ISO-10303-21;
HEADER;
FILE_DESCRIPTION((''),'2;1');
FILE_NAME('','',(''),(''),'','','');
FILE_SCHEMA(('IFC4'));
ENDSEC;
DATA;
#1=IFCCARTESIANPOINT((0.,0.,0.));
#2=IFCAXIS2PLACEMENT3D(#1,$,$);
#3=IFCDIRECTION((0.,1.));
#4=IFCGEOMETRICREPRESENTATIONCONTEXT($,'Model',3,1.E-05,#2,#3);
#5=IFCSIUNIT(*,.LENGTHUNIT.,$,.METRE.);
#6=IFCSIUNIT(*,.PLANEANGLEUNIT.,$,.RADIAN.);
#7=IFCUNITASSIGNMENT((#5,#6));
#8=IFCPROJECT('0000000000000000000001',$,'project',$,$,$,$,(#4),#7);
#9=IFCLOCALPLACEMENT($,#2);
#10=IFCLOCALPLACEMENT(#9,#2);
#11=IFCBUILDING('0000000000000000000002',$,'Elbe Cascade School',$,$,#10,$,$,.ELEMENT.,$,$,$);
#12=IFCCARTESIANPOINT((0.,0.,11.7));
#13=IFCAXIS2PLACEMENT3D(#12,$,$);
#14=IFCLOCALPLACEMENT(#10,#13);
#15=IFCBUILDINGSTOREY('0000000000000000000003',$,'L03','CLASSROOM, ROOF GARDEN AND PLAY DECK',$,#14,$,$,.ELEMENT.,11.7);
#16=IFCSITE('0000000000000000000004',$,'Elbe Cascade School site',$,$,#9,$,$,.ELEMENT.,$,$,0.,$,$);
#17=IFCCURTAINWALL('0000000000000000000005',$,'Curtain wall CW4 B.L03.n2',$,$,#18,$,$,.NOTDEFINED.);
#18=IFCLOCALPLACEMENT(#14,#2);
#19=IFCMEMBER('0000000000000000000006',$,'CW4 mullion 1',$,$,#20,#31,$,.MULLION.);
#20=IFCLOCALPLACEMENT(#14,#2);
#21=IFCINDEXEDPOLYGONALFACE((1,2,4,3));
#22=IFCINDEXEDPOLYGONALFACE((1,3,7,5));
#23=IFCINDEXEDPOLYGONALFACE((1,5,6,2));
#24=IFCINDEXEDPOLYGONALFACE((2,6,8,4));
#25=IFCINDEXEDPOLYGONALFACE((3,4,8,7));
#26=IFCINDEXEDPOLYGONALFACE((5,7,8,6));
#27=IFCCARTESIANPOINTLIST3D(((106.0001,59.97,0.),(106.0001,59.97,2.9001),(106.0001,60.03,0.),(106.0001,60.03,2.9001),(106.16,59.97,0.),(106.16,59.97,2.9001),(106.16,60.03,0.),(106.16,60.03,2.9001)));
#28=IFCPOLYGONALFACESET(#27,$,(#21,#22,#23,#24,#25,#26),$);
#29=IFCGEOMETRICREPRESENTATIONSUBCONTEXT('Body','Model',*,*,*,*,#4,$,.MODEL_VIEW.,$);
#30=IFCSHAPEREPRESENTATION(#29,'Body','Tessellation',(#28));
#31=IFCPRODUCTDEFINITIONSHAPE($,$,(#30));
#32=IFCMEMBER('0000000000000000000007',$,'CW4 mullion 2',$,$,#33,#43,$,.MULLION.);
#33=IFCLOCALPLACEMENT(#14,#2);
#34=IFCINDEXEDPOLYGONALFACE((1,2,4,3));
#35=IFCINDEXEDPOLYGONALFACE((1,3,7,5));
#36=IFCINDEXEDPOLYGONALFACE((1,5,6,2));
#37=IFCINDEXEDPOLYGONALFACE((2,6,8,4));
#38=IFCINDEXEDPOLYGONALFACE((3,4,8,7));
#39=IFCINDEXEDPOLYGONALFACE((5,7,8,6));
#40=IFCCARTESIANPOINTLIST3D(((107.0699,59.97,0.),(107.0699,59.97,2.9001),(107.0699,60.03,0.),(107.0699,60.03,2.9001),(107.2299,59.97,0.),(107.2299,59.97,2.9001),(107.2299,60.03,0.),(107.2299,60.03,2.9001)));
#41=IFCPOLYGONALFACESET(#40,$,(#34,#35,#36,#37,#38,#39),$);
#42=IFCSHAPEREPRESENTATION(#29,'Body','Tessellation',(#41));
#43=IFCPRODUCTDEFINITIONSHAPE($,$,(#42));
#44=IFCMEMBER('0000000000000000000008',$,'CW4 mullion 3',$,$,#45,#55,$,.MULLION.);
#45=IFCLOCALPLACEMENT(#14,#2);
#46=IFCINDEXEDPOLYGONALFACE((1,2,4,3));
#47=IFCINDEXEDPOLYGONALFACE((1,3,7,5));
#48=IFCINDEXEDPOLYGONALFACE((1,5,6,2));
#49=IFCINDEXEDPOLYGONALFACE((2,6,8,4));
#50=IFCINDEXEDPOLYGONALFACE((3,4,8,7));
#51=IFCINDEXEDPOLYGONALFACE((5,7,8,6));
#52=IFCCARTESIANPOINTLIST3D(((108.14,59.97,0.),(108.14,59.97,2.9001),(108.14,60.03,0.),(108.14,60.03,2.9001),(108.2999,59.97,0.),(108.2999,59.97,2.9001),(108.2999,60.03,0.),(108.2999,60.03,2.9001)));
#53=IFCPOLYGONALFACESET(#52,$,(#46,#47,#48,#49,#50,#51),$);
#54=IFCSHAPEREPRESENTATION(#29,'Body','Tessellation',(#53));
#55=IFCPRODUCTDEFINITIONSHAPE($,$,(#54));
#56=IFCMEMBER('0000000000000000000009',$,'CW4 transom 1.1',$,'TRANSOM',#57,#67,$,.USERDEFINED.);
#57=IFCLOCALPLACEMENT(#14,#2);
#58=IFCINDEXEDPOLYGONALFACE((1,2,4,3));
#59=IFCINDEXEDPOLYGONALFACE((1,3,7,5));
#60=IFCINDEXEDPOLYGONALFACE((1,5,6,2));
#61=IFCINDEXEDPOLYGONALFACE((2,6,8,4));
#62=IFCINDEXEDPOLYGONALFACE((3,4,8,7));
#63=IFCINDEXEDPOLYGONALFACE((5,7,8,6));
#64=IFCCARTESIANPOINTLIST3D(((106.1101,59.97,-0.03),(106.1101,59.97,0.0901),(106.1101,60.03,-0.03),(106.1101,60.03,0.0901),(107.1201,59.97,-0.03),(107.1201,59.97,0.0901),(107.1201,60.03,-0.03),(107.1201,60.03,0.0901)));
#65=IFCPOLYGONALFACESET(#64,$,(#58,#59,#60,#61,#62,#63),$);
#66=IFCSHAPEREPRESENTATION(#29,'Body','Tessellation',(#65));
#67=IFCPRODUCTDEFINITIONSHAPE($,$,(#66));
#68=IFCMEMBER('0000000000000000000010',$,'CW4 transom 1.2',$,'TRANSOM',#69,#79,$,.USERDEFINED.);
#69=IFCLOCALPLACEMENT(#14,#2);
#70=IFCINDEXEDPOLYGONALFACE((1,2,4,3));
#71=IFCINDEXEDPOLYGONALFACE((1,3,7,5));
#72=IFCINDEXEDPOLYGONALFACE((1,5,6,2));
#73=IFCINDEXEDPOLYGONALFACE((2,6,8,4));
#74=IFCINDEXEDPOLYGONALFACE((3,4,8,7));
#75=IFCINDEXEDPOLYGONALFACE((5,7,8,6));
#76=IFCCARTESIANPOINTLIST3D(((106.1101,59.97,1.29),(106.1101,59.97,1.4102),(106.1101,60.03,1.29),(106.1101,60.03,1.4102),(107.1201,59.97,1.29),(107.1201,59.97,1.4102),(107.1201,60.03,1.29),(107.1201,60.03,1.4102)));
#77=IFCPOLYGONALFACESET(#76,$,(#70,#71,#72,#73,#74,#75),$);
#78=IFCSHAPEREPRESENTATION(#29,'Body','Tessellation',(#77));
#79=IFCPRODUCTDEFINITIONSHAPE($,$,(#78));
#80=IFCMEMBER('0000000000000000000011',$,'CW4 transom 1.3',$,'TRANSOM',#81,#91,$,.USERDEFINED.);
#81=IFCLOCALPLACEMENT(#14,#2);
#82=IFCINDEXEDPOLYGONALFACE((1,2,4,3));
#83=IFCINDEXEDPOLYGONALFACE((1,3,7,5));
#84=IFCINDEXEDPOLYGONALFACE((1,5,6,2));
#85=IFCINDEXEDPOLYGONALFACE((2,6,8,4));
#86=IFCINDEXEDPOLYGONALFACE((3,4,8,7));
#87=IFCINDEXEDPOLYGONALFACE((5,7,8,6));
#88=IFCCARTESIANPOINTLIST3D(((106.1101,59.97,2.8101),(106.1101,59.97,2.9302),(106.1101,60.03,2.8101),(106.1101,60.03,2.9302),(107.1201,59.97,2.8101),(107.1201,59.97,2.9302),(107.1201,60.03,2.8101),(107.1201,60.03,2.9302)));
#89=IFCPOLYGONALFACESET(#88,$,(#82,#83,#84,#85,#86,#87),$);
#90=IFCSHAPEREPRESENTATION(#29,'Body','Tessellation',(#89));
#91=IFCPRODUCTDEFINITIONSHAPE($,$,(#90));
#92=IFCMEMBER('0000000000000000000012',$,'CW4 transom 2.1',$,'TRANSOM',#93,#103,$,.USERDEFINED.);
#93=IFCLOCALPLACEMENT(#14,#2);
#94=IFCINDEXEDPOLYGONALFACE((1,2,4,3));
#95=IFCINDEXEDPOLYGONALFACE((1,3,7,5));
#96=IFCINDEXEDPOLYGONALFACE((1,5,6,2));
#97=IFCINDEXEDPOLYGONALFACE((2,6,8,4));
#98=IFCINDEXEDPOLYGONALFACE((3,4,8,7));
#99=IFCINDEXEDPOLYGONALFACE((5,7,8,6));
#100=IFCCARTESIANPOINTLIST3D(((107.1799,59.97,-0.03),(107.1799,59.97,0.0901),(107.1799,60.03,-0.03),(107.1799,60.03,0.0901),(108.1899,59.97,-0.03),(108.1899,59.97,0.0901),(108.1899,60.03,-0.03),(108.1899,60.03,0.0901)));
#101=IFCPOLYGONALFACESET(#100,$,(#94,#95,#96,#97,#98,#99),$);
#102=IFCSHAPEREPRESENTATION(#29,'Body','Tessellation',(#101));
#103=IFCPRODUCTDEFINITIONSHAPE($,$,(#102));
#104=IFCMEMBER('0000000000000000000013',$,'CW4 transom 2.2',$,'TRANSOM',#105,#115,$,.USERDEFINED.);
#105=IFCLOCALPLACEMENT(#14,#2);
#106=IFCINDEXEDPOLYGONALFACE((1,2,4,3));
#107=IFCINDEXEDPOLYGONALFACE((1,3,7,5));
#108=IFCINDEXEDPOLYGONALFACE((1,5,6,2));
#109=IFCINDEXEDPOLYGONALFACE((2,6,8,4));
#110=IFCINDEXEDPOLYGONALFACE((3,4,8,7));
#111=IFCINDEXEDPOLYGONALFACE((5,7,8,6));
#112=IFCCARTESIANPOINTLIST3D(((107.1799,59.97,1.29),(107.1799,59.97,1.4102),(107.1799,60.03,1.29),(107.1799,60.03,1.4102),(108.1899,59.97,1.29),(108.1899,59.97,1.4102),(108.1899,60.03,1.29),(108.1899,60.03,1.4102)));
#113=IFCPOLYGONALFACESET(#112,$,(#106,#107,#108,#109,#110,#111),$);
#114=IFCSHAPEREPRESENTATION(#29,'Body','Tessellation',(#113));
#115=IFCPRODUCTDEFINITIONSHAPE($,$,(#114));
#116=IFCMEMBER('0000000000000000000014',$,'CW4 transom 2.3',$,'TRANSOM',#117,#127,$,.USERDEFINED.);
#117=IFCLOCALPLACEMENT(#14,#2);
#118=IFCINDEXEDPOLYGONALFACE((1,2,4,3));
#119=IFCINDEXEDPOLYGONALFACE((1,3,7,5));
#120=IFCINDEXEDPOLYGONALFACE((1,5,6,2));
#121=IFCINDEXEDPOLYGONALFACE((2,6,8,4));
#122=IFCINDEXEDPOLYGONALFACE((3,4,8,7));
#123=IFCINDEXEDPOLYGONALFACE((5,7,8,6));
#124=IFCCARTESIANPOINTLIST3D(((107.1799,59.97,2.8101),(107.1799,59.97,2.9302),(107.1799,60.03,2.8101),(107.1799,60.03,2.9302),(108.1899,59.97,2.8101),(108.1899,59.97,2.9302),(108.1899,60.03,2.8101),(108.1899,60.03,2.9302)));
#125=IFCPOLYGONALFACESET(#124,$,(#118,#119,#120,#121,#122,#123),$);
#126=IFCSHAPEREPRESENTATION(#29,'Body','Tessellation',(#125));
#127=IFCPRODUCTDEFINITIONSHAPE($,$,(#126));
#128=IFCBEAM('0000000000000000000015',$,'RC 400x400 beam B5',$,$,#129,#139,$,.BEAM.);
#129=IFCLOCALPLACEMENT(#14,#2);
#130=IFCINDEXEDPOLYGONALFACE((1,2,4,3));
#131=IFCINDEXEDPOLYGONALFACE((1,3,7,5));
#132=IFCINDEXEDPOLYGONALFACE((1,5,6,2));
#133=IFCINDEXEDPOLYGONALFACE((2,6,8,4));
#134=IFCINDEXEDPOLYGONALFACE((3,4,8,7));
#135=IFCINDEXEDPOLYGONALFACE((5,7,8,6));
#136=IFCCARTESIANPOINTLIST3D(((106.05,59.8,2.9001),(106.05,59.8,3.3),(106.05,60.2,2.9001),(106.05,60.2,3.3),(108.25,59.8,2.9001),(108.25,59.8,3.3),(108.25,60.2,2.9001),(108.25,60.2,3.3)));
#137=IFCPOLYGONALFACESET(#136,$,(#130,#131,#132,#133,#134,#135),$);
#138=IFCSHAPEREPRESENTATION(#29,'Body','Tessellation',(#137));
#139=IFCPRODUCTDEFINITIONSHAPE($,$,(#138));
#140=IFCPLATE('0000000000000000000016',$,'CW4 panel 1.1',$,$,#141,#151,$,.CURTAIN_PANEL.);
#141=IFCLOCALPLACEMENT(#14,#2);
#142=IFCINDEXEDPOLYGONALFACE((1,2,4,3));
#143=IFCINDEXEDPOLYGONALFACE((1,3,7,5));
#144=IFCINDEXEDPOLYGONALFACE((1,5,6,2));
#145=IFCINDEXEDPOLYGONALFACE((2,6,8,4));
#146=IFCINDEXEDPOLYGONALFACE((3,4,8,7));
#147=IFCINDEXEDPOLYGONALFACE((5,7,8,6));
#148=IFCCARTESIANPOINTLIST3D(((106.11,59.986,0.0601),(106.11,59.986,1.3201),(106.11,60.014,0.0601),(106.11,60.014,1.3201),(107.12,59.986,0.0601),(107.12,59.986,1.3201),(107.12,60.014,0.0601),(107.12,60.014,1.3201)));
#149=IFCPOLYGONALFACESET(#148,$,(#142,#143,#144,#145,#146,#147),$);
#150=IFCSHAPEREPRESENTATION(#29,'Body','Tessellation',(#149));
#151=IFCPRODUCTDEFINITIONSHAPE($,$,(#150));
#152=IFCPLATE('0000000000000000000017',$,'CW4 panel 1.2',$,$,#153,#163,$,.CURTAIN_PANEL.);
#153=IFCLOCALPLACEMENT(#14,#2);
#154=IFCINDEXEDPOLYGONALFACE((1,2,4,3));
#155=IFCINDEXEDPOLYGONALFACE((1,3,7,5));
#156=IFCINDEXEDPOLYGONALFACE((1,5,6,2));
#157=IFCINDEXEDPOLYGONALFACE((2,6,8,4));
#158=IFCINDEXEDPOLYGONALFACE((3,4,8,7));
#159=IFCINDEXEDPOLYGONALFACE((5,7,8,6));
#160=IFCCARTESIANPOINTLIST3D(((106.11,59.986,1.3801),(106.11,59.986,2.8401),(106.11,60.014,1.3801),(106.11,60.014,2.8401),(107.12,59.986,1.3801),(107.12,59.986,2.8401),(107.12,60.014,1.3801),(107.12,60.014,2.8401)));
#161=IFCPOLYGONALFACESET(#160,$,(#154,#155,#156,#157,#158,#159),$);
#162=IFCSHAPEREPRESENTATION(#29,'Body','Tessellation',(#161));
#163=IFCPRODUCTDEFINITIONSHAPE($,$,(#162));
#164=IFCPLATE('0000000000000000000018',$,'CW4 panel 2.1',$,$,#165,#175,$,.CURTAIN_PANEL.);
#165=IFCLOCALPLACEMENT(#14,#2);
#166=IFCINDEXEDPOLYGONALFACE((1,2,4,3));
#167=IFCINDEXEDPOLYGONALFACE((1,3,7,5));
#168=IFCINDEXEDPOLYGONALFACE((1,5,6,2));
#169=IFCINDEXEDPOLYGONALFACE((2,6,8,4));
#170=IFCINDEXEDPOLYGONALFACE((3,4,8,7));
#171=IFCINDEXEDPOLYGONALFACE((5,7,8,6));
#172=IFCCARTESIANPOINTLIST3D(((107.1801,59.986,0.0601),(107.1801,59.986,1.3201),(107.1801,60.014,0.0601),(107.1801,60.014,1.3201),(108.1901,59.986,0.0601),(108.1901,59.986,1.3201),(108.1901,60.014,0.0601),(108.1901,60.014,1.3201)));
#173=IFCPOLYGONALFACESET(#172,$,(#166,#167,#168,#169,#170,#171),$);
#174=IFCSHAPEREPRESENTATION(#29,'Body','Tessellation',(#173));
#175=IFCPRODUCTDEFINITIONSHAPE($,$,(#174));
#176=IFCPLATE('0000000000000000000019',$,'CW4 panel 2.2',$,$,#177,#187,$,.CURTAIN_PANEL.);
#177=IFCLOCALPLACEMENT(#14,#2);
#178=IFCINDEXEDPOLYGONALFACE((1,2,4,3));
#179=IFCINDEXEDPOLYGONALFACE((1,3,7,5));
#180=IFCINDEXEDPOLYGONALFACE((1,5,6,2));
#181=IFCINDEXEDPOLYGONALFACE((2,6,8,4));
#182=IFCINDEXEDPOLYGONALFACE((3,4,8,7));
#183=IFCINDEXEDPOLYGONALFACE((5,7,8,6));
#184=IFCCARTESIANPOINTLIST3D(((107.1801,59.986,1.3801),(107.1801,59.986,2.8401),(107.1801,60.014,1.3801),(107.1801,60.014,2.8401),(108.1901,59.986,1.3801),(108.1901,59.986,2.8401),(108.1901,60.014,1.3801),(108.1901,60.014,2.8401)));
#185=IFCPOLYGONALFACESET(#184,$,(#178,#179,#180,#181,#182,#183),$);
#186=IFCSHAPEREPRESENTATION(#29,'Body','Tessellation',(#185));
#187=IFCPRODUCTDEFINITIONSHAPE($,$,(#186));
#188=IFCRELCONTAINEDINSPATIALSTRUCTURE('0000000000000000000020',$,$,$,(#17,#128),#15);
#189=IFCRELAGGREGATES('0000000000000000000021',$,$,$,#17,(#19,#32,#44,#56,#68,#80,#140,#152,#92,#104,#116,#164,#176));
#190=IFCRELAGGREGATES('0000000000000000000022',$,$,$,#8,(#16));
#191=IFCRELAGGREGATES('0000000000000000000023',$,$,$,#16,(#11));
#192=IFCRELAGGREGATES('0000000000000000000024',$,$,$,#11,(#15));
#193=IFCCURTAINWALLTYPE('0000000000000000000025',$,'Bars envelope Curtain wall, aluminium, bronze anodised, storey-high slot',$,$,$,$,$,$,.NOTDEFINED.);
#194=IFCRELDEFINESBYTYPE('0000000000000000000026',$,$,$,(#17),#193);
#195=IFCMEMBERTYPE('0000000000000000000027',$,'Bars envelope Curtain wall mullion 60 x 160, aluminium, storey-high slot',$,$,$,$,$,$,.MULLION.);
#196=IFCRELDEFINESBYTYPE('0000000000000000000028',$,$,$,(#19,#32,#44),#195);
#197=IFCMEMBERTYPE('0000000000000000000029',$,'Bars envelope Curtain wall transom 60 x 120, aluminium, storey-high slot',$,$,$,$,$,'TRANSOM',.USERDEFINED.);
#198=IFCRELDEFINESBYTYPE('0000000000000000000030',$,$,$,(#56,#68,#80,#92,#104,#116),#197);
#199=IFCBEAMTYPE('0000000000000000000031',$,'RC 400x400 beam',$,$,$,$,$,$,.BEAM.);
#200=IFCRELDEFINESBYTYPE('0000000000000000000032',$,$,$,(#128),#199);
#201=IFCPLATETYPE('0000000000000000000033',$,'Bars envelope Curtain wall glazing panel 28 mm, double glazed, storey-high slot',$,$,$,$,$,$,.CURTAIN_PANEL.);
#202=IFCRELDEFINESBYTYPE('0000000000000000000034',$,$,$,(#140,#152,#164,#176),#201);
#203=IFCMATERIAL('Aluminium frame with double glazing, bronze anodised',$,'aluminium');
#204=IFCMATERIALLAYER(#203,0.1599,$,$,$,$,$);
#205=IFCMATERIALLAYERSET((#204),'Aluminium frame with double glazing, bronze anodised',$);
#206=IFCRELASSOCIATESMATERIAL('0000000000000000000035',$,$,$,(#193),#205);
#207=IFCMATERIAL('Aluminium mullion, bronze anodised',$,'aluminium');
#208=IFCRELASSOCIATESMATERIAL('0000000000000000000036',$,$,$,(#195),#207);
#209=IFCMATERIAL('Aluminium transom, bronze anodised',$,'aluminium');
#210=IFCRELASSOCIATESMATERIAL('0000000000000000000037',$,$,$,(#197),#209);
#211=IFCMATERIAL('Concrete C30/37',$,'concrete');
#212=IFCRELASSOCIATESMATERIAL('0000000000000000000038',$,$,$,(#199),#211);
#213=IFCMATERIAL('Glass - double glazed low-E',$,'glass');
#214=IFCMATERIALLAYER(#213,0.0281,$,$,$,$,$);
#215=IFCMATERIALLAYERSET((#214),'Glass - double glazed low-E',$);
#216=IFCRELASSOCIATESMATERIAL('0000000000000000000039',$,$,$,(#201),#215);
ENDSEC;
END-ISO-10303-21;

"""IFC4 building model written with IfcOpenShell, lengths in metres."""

from ifc_helpers import new_model, si_unit, direction, frame, origin, origin_2d, place, context, subcontext, project, spatial, rectangle, extrude, material, layer, layer_set, material_profile, profile_set, type_object, element, aggregate, save


model = new_model("IFC4")

# Units and contexts
model_context = context("Model", 3, precision=1e-05, world=origin(), true_north=direction((0.0, 1.0)))
body_context = subcontext(model_context, "Body", "Model", "MODEL_VIEW")
ifc_project = project(units=[si_unit("LENGTHUNIT", "METRE"), si_unit("PLANEANGLEUNIT", "RADIAN")], contexts=[model_context])

# Site, building, storey
site_placement = place(None, origin())
site = spatial("IfcSite", under=ifc_project, at=site_placement, Name="Elbe Cascade School site", CompositionType="ELEMENT", RefElevation=0.0)
building_placement = place(site_placement, origin())
building = spatial("IfcBuilding", under=site, at=building_placement, Name="Elbe Cascade School", CompositionType="ELEMENT")
storey_placement = place(building_placement, frame((0.0, 0.0, 11.7)))
storey = spatial("IfcBuildingStorey", under=building, at=storey_placement, Name="L03", Description="CLASSROOM, ROOF GARDEN AND PLAY DECK", CompositionType="ELEMENT", Elevation=11.7)

# Curtain wall, members
ifc_material_1 = material(Name="Aluminium frame with double glazing, bronze anodised", Category="aluminium")
ifc_layer_1 = layer(ifc_material_1, 0.1599)
ifc_layer_set_1 = layer_set([ifc_layer_1], Name="Aluminium frame with double glazing, bronze anodised")
curtain_wall_type = type_object("IfcCurtainWallType", Name="Bars envelope Curtain wall, aluminium, bronze anodised, storey-high slot", PredefinedType="NOTDEFINED", material=ifc_layer_set_1)
curtain_wall_placement = place(storey_placement, origin())
curtain_wall = element("IfcCurtainWall", 1, at=curtain_wall_placement, inside=storey, type_object=curtain_wall_type, Name="Curtain wall CW4 B.L03.n2", PredefinedType="NOTDEFINED")
ifc_material_2 = material(Name="Aluminium mullion, bronze anodised", Category="aluminium")
ifc_material_profile_1 = material_profile(ifc_material_2, rectangle(XDim=0.0601, YDim=0.1599, at=origin_2d()), Name="Bars envelope Curtain wall mullion 60 x 160, aluminium, storey-high slot")
ifc_profile_set_1 = profile_set([ifc_material_profile_1], Name="Aluminium mullion, bronze anodised")
member_type_1 = type_object("IfcMemberType", Name="Bars envelope Curtain wall mullion 60 x 160, aluminium, storey-high slot", PredefinedType="MULLION", material=ifc_profile_set_1)
member_1_placement = place(storey_placement, frame((106.0801, 60.0, 0.0), z_axis=(0.0, 0.0, 1.0), x_axis=(0.0, 1.0, 0.0)))
member_1 = element("IfcMember", 2, at=member_1_placement, type_object=member_type_1, Name="CW4 mullion 1", PredefinedType="MULLION", context=body_context, shape_type="SweptSolid", body=[
    extrude(rectangle(XDim=0.0601, YDim=0.1599, at=origin_2d()), origin(), (0.0, 0.0, 1.0), 2.9001),
])
member_2_placement = place(storey_placement, frame((107.1499, 60.0, 0.0), z_axis=(0.0, 0.0, 1.0), x_axis=(0.0, 1.0, 0.0)))
member_2 = element("IfcMember", 3, at=member_2_placement, type_object=member_type_1, Name="CW4 mullion 2", PredefinedType="MULLION", context=body_context, shape_type="SweptSolid", body=[
    extrude(rectangle(XDim=0.0601, YDim=0.1599, at=origin_2d()), origin(), (0.0, 0.0, 1.0), 2.9001),
])
member_3_placement = place(storey_placement, frame((108.22, 60.0, 0.0), z_axis=(0.0, 0.0, 1.0), x_axis=(0.0, 1.0, 0.0)))
member_3 = element("IfcMember", 4, at=member_3_placement, type_object=member_type_1, Name="CW4 mullion 3", PredefinedType="MULLION", context=body_context, shape_type="SweptSolid", body=[
    extrude(rectangle(XDim=0.0601, YDim=0.1599, at=origin_2d()), origin(), (0.0, 0.0, 1.0), 2.9001),
])
ifc_material_3 = material(Name="Aluminium transom, bronze anodised", Category="aluminium")
ifc_material_profile_2 = material_profile(ifc_material_3, rectangle(XDim=0.0601, YDim=0.1201, at=origin_2d()), Name="Bars envelope Curtain wall transom 60 x 120, aluminium, storey-high slot")
ifc_profile_set_2 = profile_set([ifc_material_profile_2], Name="Aluminium transom, bronze anodised")
member_type_2 = type_object("IfcMemberType", Name="Bars envelope Curtain wall transom 60 x 120, aluminium, storey-high slot", ElementType="TRANSOM", PredefinedType="USERDEFINED", material=ifc_profile_set_2)
member_4_placement = place(storey_placement, frame((106.1101, 60.0, 0.03), z_axis=(1.0, 0.0, 0.0), x_axis=(0.0, 1.0, 0.0)))
member_4 = element("IfcMember", 5, at=member_4_placement, type_object=member_type_2, Name="CW4 transom 1.1", ObjectType="TRANSOM", PredefinedType="USERDEFINED", context=body_context, shape_type="SweptSolid", body=[
    extrude(rectangle(XDim=0.0601, YDim=0.1201, at=origin_2d()), origin(), (0.0, 0.0, 1.0), 1.01),
])
member_5_placement = place(storey_placement, frame((106.1101, 60.0, 1.3501), z_axis=(1.0, 0.0, 0.0), x_axis=(0.0, 1.0, 0.0)))
member_5 = element("IfcMember", 6, at=member_5_placement, type_object=member_type_2, Name="CW4 transom 1.2", ObjectType="TRANSOM", PredefinedType="USERDEFINED", context=body_context, shape_type="SweptSolid", body=[
    extrude(rectangle(XDim=0.0601, YDim=0.1201, at=origin_2d()), origin(), (0.0, 0.0, 1.0), 1.01),
])
member_6_placement = place(storey_placement, frame((106.1101, 60.0, 2.8701), z_axis=(1.0, 0.0, 0.0), x_axis=(0.0, 1.0, 0.0)))
member_6 = element("IfcMember", 7, at=member_6_placement, type_object=member_type_2, Name="CW4 transom 1.3", ObjectType="TRANSOM", PredefinedType="USERDEFINED", context=body_context, shape_type="SweptSolid", body=[
    extrude(rectangle(XDim=0.0601, YDim=0.1201, at=origin_2d()), origin(), (0.0, 0.0, 1.0), 1.01),
])
member_7_placement = place(storey_placement, frame((107.1799, 60.0, 0.03), z_axis=(1.0, 0.0, 0.0), x_axis=(0.0, 1.0, 0.0)))
member_7 = element("IfcMember", 8, at=member_7_placement, type_object=member_type_2, Name="CW4 transom 2.1", ObjectType="TRANSOM", PredefinedType="USERDEFINED", context=body_context, shape_type="SweptSolid", body=[
    extrude(rectangle(XDim=0.0601, YDim=0.1201, at=origin_2d()), origin(), (0.0, 0.0, 1.0), 1.01),
])
member_8_placement = place(storey_placement, frame((107.1799, 60.0, 1.3501), z_axis=(1.0, 0.0, 0.0), x_axis=(0.0, 1.0, 0.0)))
member_8 = element("IfcMember", 9, at=member_8_placement, type_object=member_type_2, Name="CW4 transom 2.2", ObjectType="TRANSOM", PredefinedType="USERDEFINED", context=body_context, shape_type="SweptSolid", body=[
    extrude(rectangle(XDim=0.0601, YDim=0.1201, at=origin_2d()), origin(), (0.0, 0.0, 1.0), 1.01),
])
member_9_placement = place(storey_placement, frame((107.1799, 60.0, 2.8701), z_axis=(1.0, 0.0, 0.0), x_axis=(0.0, 1.0, 0.0)))
member_9 = element("IfcMember", 10, at=member_9_placement, type_object=member_type_2, Name="CW4 transom 2.3", ObjectType="TRANSOM", PredefinedType="USERDEFINED", context=body_context, shape_type="SweptSolid", body=[
    extrude(rectangle(XDim=0.0601, YDim=0.1201, at=origin_2d()), origin(), (0.0, 0.0, 1.0), 1.01),
])

# Beam
ifc_material_4 = material(Name="Concrete C30/37", Category="concrete")
ifc_material_profile_3 = material_profile(ifc_material_4, rectangle(XDim=0.3999, YDim=0.3999, at=origin_2d()), Name="RC 400x400")
ifc_profile_set_3 = profile_set([ifc_material_profile_3], Name="Concrete C30/37")
beam_type = type_object("IfcBeamType", Name="RC 400x400 beam", PredefinedType="BEAM", material=ifc_profile_set_3)
beam_placement = place(storey_placement, frame((106.05, 60.0, 3.1001), z_axis=(1.0, 0.0, 0.0), x_axis=(0.0, 1.0, 0.0)))
element("IfcBeam", 11, at=beam_placement, inside=storey, type_object=beam_type, Name="RC 400x400 beam B5", PredefinedType="BEAM", context=body_context, shape_type="SweptSolid", body=[
    extrude(rectangle(XDim=0.3999, YDim=0.3999, at=origin_2d()), origin(), (0.0, 0.0, 1.0), 2.2),
])

# Plates
ifc_material_5 = material(Name="Glass - double glazed low-E", Category="glass")
ifc_layer_2 = layer(ifc_material_5, 0.0281)
ifc_layer_set_2 = layer_set([ifc_layer_2], Name="Glass - double glazed low-E")
plate_type = type_object("IfcPlateType", Name="Bars envelope Curtain wall glazing panel 28 mm, double glazed, storey-high slot", PredefinedType="CURTAIN_PANEL", material=ifc_layer_set_2)
plate_1_placement = place(storey_placement, frame((106.615, 60.0, 0.0601), z_axis=(0.0, 0.0, 1.0), x_axis=(1.0, 0.0, 0.0)))
plate_1 = element("IfcPlate", 12, at=plate_1_placement, type_object=plate_type, Name="CW4 panel 1.1", PredefinedType="CURTAIN_PANEL", context=body_context, shape_type="SweptSolid", body=[
    extrude(rectangle(XDim=1.01, YDim=0.0281, at=origin_2d()), origin(), (0.0, 0.0, 1.0), 1.26),
])
plate_2_placement = place(storey_placement, frame((106.615, 60.0, 1.3801), z_axis=(0.0, 0.0, 1.0), x_axis=(1.0, 0.0, 0.0)))
plate_2 = element("IfcPlate", 13, at=plate_2_placement, type_object=plate_type, Name="CW4 panel 1.2", PredefinedType="CURTAIN_PANEL", context=body_context, shape_type="SweptSolid", body=[
    extrude(rectangle(XDim=1.01, YDim=0.0281, at=origin_2d()), origin(), (0.0, 0.0, 1.0), 1.46),
])
plate_3_placement = place(storey_placement, frame((107.6851, 60.0, 0.0601), z_axis=(0.0, 0.0, 1.0), x_axis=(1.0, 0.0, 0.0)))
plate_3 = element("IfcPlate", 14, at=plate_3_placement, type_object=plate_type, Name="CW4 panel 2.1", PredefinedType="CURTAIN_PANEL", context=body_context, shape_type="SweptSolid", body=[
    extrude(rectangle(XDim=1.01, YDim=0.0281, at=origin_2d()), origin(), (0.0, 0.0, 1.0), 1.26),
])
plate_4_placement = place(storey_placement, frame((107.6851, 60.0, 1.3801), z_axis=(0.0, 0.0, 1.0), x_axis=(1.0, 0.0, 0.0)))
plate_4 = element("IfcPlate", 15, at=plate_4_placement, type_object=plate_type, Name="CW4 panel 2.2", PredefinedType="CURTAIN_PANEL", context=body_context, shape_type="SweptSolid", body=[
    extrude(rectangle(XDim=1.01, YDim=0.0281, at=origin_2d()), origin(), (0.0, 0.0, 1.0), 1.46),
])
aggregate(curtain_wall, [member_1, member_2, member_3, member_4, member_5, member_6, plate_1, plate_2, member_7, member_8, member_9, plate_3, plate_4])

save(model, "model.ifc")
